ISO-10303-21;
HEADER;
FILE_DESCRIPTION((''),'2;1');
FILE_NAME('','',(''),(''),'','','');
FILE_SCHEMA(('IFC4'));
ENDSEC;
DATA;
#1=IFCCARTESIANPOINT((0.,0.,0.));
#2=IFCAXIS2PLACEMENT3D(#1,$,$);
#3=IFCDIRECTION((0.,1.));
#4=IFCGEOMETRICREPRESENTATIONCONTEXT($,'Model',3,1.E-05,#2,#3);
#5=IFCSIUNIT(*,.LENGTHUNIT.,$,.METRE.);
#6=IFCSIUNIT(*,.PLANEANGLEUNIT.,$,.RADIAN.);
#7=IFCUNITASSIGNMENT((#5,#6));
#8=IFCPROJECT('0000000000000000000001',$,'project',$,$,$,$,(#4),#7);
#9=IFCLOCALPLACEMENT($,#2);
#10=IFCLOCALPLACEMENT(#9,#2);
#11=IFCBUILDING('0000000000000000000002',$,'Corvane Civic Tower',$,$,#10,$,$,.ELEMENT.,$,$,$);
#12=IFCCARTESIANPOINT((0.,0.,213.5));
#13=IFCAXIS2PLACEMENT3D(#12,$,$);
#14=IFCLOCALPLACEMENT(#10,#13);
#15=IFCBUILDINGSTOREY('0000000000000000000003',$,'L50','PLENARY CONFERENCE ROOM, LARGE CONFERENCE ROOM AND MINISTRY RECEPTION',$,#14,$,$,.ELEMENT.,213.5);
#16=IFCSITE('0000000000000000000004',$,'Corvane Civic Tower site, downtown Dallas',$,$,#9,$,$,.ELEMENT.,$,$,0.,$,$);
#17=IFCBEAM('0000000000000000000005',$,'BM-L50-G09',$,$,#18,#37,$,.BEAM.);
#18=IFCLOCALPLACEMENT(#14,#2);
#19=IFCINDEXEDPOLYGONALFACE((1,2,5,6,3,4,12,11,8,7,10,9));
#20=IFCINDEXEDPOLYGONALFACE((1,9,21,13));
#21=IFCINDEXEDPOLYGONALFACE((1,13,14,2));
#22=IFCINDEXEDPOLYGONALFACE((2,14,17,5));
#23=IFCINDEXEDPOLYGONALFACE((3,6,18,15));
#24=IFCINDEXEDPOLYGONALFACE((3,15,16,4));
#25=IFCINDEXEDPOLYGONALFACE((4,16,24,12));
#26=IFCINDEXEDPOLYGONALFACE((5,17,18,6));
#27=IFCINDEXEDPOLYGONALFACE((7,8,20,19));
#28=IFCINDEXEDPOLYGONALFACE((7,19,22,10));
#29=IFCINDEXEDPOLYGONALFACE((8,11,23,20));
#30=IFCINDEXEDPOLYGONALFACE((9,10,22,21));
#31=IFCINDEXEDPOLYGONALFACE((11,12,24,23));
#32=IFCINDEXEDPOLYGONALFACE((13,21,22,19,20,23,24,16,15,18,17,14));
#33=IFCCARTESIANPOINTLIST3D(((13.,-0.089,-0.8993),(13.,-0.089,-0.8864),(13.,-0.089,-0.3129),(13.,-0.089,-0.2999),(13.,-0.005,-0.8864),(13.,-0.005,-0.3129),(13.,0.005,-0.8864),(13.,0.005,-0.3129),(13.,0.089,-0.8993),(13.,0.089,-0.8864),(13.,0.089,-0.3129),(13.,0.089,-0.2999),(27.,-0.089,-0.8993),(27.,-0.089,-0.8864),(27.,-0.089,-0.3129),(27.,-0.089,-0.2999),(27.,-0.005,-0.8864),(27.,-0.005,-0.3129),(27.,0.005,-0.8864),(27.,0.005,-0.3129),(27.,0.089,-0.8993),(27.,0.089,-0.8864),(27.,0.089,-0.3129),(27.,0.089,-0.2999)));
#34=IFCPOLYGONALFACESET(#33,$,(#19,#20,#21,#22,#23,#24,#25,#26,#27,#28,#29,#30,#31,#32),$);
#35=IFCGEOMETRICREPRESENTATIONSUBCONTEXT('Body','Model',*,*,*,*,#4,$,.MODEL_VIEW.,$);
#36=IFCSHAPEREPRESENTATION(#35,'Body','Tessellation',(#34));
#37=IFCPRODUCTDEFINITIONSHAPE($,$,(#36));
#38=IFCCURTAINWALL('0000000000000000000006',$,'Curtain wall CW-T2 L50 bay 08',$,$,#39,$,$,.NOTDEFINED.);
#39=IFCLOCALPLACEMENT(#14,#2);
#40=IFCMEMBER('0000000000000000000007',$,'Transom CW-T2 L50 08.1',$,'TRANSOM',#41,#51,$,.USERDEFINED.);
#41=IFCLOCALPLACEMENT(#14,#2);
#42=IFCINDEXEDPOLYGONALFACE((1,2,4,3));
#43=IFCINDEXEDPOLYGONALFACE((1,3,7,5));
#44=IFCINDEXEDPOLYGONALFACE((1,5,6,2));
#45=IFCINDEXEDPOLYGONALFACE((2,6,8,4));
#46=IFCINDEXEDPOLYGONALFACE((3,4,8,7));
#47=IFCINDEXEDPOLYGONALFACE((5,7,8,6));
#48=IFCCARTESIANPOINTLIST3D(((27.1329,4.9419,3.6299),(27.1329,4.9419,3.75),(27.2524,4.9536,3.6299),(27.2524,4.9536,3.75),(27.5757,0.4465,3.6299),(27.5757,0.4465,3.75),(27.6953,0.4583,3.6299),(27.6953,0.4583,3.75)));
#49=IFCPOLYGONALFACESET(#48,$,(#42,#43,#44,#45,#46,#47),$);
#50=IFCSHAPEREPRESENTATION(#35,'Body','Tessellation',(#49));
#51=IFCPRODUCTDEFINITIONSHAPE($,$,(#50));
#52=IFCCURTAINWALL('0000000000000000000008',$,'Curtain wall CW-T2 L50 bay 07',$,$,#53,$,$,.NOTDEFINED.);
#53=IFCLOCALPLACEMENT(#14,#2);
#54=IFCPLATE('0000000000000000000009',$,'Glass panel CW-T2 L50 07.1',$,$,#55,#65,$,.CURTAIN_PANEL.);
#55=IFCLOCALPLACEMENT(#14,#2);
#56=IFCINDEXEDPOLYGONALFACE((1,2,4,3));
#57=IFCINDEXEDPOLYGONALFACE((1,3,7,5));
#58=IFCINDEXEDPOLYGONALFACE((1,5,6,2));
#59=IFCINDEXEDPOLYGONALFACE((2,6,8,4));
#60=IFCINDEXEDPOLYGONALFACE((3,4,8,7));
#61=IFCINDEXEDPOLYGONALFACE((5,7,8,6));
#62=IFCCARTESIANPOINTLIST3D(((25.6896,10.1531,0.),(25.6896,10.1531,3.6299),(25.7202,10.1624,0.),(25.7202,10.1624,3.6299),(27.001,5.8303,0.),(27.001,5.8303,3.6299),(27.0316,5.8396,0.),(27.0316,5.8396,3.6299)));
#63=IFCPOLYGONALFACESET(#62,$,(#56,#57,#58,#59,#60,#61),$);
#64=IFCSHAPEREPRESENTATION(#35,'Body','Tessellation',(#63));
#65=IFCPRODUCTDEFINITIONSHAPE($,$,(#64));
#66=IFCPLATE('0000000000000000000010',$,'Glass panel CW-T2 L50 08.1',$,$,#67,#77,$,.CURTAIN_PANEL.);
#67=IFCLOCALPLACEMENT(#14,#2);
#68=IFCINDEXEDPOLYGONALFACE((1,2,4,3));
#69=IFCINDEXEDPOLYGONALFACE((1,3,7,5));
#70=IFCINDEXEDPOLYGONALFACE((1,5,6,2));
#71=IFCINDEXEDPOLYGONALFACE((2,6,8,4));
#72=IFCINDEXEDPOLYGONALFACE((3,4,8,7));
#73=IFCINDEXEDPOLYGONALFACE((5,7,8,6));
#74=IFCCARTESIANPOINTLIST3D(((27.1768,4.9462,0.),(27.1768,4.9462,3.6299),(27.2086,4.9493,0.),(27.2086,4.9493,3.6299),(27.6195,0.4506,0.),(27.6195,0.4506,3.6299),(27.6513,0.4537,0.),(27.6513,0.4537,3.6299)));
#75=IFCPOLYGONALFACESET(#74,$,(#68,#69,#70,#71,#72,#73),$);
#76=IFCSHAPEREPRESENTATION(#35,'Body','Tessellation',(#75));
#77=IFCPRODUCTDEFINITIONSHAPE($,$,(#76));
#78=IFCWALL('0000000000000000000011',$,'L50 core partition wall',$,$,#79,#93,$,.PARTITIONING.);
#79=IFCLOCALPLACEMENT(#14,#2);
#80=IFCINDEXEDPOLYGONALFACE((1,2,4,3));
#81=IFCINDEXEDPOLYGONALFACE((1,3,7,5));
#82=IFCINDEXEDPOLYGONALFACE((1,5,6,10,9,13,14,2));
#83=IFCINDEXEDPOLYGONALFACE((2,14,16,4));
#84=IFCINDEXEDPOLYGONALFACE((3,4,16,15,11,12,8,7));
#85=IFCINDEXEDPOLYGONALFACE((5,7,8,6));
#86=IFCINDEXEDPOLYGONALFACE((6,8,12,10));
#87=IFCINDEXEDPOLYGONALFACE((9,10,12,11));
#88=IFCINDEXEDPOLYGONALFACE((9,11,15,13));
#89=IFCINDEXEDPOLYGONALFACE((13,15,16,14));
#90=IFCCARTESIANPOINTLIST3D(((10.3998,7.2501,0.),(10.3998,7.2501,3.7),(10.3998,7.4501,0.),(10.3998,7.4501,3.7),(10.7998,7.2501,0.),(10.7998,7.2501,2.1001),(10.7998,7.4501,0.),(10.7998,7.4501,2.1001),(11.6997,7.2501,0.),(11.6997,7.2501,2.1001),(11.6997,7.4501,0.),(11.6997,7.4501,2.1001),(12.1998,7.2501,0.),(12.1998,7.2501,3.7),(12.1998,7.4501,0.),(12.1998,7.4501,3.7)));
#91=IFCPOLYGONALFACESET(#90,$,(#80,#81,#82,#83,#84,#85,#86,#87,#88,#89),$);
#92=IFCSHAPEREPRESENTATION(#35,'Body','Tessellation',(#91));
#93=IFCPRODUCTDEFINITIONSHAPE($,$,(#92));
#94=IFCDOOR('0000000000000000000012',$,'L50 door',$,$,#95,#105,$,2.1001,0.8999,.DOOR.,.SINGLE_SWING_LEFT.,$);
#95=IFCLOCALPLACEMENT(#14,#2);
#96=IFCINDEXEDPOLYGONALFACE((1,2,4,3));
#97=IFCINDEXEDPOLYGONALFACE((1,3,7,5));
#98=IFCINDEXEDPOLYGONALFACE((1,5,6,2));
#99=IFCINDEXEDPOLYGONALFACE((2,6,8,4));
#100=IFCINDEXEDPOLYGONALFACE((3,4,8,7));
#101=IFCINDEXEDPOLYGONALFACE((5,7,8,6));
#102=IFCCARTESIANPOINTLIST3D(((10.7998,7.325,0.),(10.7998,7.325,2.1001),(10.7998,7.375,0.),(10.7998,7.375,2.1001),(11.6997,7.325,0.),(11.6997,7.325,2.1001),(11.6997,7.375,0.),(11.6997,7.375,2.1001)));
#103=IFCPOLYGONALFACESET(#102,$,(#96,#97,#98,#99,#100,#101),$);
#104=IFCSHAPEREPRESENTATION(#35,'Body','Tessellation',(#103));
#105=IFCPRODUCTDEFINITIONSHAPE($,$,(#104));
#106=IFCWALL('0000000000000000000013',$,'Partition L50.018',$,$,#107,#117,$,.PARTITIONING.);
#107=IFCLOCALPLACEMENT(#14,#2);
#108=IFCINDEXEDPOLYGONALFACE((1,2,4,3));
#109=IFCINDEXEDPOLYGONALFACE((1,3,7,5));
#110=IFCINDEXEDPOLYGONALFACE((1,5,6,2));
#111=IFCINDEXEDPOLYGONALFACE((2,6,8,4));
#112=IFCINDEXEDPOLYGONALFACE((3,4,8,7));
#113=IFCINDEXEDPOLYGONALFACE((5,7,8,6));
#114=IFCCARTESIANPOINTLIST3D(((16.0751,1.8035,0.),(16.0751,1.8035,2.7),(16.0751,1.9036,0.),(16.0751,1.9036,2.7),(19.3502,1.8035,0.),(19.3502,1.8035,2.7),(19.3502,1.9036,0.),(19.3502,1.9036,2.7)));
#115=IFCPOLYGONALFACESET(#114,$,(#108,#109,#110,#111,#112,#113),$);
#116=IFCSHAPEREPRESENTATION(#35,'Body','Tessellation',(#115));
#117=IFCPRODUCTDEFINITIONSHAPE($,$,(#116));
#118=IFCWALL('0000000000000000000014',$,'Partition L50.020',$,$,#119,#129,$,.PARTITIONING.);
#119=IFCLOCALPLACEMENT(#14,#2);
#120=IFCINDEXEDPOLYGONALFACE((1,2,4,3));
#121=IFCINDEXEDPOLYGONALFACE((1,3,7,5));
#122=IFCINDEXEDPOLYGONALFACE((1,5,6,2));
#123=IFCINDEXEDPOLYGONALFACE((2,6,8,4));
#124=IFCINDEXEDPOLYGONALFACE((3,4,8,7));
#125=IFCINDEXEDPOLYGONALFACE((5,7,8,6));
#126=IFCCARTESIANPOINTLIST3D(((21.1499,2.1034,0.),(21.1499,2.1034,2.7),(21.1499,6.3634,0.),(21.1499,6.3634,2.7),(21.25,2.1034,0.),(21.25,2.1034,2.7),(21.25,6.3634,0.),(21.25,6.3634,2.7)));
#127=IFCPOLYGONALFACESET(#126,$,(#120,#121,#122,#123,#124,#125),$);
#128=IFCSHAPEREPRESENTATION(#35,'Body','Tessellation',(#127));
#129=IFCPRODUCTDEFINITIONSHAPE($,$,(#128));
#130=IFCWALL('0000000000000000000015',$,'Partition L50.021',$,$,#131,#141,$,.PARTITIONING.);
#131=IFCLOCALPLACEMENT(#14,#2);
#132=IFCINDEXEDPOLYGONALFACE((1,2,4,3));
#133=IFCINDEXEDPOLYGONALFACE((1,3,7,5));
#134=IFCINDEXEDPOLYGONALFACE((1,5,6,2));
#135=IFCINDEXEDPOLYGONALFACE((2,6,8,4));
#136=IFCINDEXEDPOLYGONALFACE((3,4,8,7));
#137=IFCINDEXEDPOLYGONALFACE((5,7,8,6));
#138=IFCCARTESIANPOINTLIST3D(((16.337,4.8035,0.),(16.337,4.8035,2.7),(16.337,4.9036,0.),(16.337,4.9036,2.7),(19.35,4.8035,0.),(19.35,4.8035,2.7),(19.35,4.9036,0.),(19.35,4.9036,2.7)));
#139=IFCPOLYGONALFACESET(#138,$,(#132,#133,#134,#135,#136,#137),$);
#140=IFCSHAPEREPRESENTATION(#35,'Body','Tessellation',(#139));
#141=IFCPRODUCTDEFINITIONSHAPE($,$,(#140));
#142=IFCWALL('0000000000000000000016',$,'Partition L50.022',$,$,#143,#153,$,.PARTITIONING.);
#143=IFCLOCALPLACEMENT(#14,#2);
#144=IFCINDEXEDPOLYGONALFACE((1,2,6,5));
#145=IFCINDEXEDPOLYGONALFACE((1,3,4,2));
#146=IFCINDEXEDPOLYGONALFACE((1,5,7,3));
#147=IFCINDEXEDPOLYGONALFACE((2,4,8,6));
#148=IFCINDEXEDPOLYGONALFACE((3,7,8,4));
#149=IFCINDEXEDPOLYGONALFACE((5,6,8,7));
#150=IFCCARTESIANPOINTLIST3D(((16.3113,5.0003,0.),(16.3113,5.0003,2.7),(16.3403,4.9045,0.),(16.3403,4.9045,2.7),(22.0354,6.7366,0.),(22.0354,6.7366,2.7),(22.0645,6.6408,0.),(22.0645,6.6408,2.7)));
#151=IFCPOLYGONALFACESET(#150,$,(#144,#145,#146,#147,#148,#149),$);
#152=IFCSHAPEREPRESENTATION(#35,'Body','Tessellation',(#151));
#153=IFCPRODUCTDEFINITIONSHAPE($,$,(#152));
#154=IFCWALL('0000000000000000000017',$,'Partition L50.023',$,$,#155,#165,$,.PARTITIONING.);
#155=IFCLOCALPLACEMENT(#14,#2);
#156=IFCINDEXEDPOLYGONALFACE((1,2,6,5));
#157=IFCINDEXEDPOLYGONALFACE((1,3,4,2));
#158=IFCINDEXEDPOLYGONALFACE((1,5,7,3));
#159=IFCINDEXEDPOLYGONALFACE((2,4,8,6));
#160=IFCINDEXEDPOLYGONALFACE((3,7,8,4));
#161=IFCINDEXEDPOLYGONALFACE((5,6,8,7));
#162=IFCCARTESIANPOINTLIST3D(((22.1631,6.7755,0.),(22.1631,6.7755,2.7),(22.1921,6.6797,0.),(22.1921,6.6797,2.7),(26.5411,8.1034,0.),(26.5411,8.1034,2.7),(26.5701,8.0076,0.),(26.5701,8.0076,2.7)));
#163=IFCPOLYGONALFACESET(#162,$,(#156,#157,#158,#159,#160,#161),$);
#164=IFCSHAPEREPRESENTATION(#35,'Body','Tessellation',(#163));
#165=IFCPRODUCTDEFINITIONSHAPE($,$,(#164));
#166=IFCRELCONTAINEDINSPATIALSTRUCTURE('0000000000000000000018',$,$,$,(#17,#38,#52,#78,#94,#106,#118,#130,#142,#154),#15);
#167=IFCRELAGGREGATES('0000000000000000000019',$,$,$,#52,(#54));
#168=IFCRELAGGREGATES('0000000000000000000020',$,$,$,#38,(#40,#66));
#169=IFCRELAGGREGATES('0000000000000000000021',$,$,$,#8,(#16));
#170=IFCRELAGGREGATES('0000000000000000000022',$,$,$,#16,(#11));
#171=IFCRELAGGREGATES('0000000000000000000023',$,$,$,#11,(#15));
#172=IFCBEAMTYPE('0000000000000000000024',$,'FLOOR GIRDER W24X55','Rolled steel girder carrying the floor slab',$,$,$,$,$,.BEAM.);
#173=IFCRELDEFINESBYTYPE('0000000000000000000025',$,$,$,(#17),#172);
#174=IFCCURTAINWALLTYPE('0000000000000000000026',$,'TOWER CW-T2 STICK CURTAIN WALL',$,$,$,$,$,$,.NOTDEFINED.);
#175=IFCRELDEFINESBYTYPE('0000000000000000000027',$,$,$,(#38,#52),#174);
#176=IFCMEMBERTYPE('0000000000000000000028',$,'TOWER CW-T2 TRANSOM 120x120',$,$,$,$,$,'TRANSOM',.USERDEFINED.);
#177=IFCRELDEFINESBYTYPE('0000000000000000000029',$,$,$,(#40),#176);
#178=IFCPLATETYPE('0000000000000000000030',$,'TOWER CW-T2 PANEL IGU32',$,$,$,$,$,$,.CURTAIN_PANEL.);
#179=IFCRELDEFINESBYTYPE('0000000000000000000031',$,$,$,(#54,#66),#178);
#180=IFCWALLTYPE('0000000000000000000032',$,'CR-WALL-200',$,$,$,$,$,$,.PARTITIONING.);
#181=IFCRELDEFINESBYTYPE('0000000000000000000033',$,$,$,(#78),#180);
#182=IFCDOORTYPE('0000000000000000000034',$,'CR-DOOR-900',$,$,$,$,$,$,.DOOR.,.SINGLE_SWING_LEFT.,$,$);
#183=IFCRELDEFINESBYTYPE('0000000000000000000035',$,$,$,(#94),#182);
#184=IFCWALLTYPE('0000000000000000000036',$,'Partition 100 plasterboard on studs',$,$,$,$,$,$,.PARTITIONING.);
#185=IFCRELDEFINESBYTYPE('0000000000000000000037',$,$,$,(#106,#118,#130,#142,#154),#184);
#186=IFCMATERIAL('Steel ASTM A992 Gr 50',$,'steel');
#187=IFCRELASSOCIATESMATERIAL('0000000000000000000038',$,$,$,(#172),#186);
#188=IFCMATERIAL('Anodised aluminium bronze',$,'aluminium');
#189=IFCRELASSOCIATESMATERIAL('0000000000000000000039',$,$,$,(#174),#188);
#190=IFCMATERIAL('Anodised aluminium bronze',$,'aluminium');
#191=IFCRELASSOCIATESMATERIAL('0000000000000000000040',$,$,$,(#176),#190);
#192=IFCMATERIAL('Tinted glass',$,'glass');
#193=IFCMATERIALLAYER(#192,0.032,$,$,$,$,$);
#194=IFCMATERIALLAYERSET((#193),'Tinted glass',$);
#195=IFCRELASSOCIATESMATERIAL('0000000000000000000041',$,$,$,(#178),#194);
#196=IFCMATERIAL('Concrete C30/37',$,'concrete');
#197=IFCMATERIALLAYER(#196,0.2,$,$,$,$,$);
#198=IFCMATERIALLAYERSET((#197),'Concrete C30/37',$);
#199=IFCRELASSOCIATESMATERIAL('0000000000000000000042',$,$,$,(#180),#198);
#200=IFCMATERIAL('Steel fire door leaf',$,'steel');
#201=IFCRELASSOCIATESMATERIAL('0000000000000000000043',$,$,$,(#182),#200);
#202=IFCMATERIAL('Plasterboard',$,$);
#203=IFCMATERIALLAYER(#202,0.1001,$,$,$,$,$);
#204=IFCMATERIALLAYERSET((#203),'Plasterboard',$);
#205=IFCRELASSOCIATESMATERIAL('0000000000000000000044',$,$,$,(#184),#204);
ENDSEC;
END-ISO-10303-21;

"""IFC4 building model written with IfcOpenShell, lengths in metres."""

from ifc_helpers import new_model, si_unit, direction, frame, frame_2d, origin, origin_2d, place, context, subcontext, project, spatial, rectangle, i_section, extrude, material, layer, layer_set, material_profile, profile_set, type_object, element, fill, aggregate, save


model = new_model("IFC4")

# Units and contexts
model_context = context("Model", 3, precision=1e-05, world=origin(), true_north=direction((0.0, 1.0)))
body_context = subcontext(model_context, "Body", "Model", "MODEL_VIEW")
ifc_project = project(units=[si_unit("LENGTHUNIT", "METRE"), si_unit("PLANEANGLEUNIT", "RADIAN")], contexts=[model_context])

# Site, building, storey
site_placement = place(None, origin())
site = spatial("IfcSite", under=ifc_project, at=site_placement, Name="Corvane Civic Tower site, downtown Dallas", CompositionType="ELEMENT", RefElevation=0.0)
building_placement = place(site_placement, origin())
building = spatial("IfcBuilding", under=site, at=building_placement, Name="Corvane Civic Tower", CompositionType="ELEMENT")
storey_placement = place(building_placement, frame((0.0, 0.0, 213.5)))
storey = spatial("IfcBuildingStorey", under=building, at=storey_placement, Name="L50", Description="PLENARY CONFERENCE ROOM, LARGE CONFERENCE ROOM AND MINISTRY RECEPTION", CompositionType="ELEMENT", Elevation=213.5)

# Beam
ifc_material_1 = material(Name="Steel ASTM A992 Gr 50", Category="steel")
ifc_material_profile_1 = material_profile(ifc_material_1, i_section(OverallWidth=0.178, OverallDepth=0.5994, WebThickness=0.01, FlangeThickness=0.0129, at=origin_2d()), Name="W24X55")
ifc_profile_set_1 = profile_set([ifc_material_profile_1], Name="Steel ASTM A992 Gr 50")
beam_type_1 = type_object("IfcBeamType", Name="FLOOR GIRDER W24X55", Description="Rolled steel girder carrying the floor slab", PredefinedType="BEAM", material=ifc_profile_set_1)
beam_1_placement = place(storey_placement, frame((13.0, 0.0, -0.5996), z_axis=(1.0, 0.0, 0.0), x_axis=(0.0, 1.0, 0.0)))
element("IfcBeam", 1, at=beam_1_placement, inside=storey, type_object=beam_type_1, Name="BM-L50-G09", PredefinedType="BEAM", context=body_context, shape_type="SweptSolid", body=[
    extrude(i_section(OverallWidth=0.178, OverallDepth=0.5994, WebThickness=0.01, FlangeThickness=0.0129, at=origin_2d()), origin(), (0.0, 0.0, 1.0), 14.0),
])

# Curtain wall, member
ifc_material_2 = material(Name="Anodised aluminium bronze", Category="aluminium")
curtain_wall_type = type_object("IfcCurtainWallType", Name="TOWER CW-T2 STICK CURTAIN WALL", PredefinedType="NOTDEFINED", material=ifc_material_2)
curtain_wall_1_placement = place(storey_placement, origin())
curtain_wall_1 = element("IfcCurtainWall", 2, at=curtain_wall_1_placement, inside=storey, type_object=curtain_wall_type, Name="Curtain wall CW-T2 L50 bay 08", PredefinedType="NOTDEFINED")
ifc_material_3 = material(Name="Anodised aluminium bronze", Category="aluminium")
ifc_material_profile_2 = material_profile(ifc_material_3, rectangle(XDim=0.1201, YDim=0.1201, at=origin_2d()), Name="TOWER CW-T2 TRANSOM 120x120")
ifc_profile_set_2 = profile_set([ifc_material_profile_2], Name="Anodised aluminium bronze")
member_type = type_object("IfcMemberType", Name="TOWER CW-T2 TRANSOM 120x120", ElementType="TRANSOM", PredefinedType="USERDEFINED", material=ifc_profile_set_2)
member_placement = place(storey_placement, frame((27.1926, 4.9478, 3.6899), z_axis=(0.098043, -0.995182, 0.0), x_axis=(0.995182, 0.098043, 0.0)))
member = element("IfcMember", 3, at=member_placement, type_object=member_type, Name="Transom CW-T2 L50 08.1", ObjectType="TRANSOM", PredefinedType="USERDEFINED", context=body_context, shape_type="SweptSolid", body=[
    extrude(rectangle(XDim=0.1201, YDim=0.1201, at=origin_2d()), origin(), (0.0, 0.0, 1.0), 4.5171),
])

# Curtain wall, plate
curtain_wall_2_placement = place(storey_placement, origin())
curtain_wall_2 = element("IfcCurtainWall", 4, at=curtain_wall_2_placement, inside=storey, type_object=curtain_wall_type, Name="Curtain wall CW-T2 L50 bay 07", PredefinedType="NOTDEFINED")
ifc_material_4 = material(Name="Tinted glass", Category="glass")
ifc_layer_1 = layer(ifc_material_4, 0.032)
ifc_layer_set_1 = layer_set([ifc_layer_1], Name="Tinted glass")
plate_type = type_object("IfcPlateType", Name="TOWER CW-T2 PANEL IGU32", PredefinedType="CURTAIN_PANEL", material=ifc_layer_set_1)
plate_1_placement = place(storey_placement, frame((26.3606, 7.9963, 0.0), z_axis=(0.0, 0.0, 1.0), x_axis=(0.29029, -0.956939, 0.0)))
plate_1 = element("IfcPlate", 5, at=plate_1_placement, type_object=plate_type, Name="Glass panel CW-T2 L50 07.1", PredefinedType="CURTAIN_PANEL", context=body_context, shape_type="SweptSolid", body=[
    extrude(rectangle(XDim=4.5173, YDim=0.032, at=origin_2d()), origin(), (0.0, 0.0, 1.0), 3.6299),
])
aggregate(curtain_wall_2, [plate_1])

# Plate
plate_2_placement = place(storey_placement, frame((27.4141, 2.7, 0.0), z_axis=(0.0, 0.0, 1.0), x_axis=(0.097993, -0.995187, 0.0)))
plate_2 = element("IfcPlate", 6, at=plate_2_placement, type_object=plate_type, Name="Glass panel CW-T2 L50 08.1", PredefinedType="CURTAIN_PANEL", context=body_context, shape_type="SweptSolid", body=[
    extrude(rectangle(XDim=4.5173, YDim=0.032, at=origin_2d()), origin(), (0.0, 0.0, 1.0), 3.6299),
])
aggregate(curtain_wall_1, [member, plate_2])

# Wall, opening, door
ifc_material_5 = material(Name="Concrete C30/37", Category="concrete")
ifc_layer_2 = layer(ifc_material_5, 0.2)
ifc_layer_set_2 = layer_set([ifc_layer_2], Name="Concrete C30/37")
wall_type_1 = type_object("IfcWallType", Name="CR-WALL-200", PredefinedType="PARTITIONING", material=ifc_layer_set_2)
wall_1_placement = place(storey_placement, frame((10.3999, 7.3501, 0.0), z_axis=(0.0, 0.0, 1.0), x_axis=(1.0, 0.0, 0.0)))
wall_1 = element("IfcWall", 7, at=wall_1_placement, inside=storey, type_object=wall_type_1, Name="L50 core partition wall", PredefinedType="PARTITIONING", context=body_context, shape_type="SweptSolid", body=[
    extrude(rectangle(XDim=1.8, YDim=0.2, at=frame_2d((0.8999, 0.0))), origin(), (0.0, 0.0, 1.0), 3.7),
])
opening_1_placement = place(wall_1_placement, frame((0.3999, 0.0, 0.0)))
opening_1 = element("IfcOpeningElement", 8, at=opening_1_placement, cuts=wall_1, PredefinedType="OPENING", context=body_context, shape_type="SweptSolid", body=[
    extrude(rectangle(XDim=0.8999, YDim=2.1001, at=frame_2d((0.45, 1.05))), frame((0.0, 0.1099, 0.0), z_axis=(0.0, -1.0, 0.0), x_axis=(1.0, 0.0, 0.0)), (0.0, 0.0, 1.0), 0.22),
])
ifc_material_6 = material(Name="Steel fire door leaf", Category="steel")
door_type_1 = type_object("IfcDoorType", Name="CR-DOOR-900", OperationType="SINGLE_SWING_LEFT", PredefinedType="DOOR", material=ifc_material_6)
door_1_placement = place(opening_1_placement, origin())
door_1 = element("IfcDoor", 9, at=door_1_placement, inside=storey, type_object=door_type_1, Name="L50 door", OperationType="SINGLE_SWING_LEFT", OverallHeight=2.1001, OverallWidth=0.8999, PredefinedType="DOOR", context=body_context, shape_type="SweptSolid", body=[
    extrude(rectangle(XDim=0.8999, YDim=2.1001, at=frame_2d((0.45, 1.05))), frame((0.0, 0.0249, 0.0), z_axis=(0.0, -1.0, 0.0), x_axis=(1.0, 0.0, 0.0)), (0.0, 0.0, 1.0), 0.05),
])
fill(opening_1, door_1)

# Walls
ifc_material_7 = material(Name="Plasterboard")
ifc_layer_3 = layer(ifc_material_7, 0.1001)
ifc_layer_set_3 = layer_set([ifc_layer_3], Name="Plasterboard")
wall_type_2 = type_object("IfcWallType", Name="Partition 100 plasterboard on studs", PredefinedType="PARTITIONING", material=ifc_layer_set_3)
wall_2_placement = place(storey_placement, frame((16.075, 1.8535, 0.0), z_axis=(0.0, 0.0, 1.0), x_axis=(1.0, 0.0, 0.0)))
element("IfcWall", 10, at=wall_2_placement, inside=storey, type_object=wall_type_2, Name="Partition L50.018", PredefinedType="PARTITIONING", context=body_context, shape_type="SweptSolid", body=[
    extrude(rectangle(XDim=3.2751, YDim=0.1001, at=frame_2d((1.6377, 0.0))), origin(), (0.0, 0.0, 1.0), 2.7),
])
wall_3_placement = place(storey_placement, frame((21.2, 2.1035, 0.0), z_axis=(0.0, 0.0, 1.0), x_axis=(0.0, 1.0, 0.0)))
element("IfcWall", 11, at=wall_3_placement, inside=storey, type_object=wall_type_2, Name="Partition L50.020", PredefinedType="PARTITIONING", context=body_context, shape_type="SweptSolid", body=[
    extrude(rectangle(XDim=4.26, YDim=0.1001, at=frame_2d((2.1299, 0.0))), origin(), (0.0, 0.0, 1.0), 2.7),
])
wall_4_placement = place(storey_placement, frame((16.3372, 4.8535, 0.0), z_axis=(0.0, 0.0, 1.0), x_axis=(1.0, 0.0, 0.0)))
element("IfcWall", 12, at=wall_4_placement, inside=storey, type_object=wall_type_2, Name="Partition L50.021", PredefinedType="PARTITIONING", context=body_context, shape_type="SweptSolid", body=[
    extrude(rectangle(XDim=3.0129, YDim=0.1001, at=frame_2d((1.5063, 0.0))), origin(), (0.0, 0.0, 1.0), 2.7),
])
wall_5_placement = place(storey_placement, frame((16.3259, 4.9524, 0.0), z_axis=(0.0, 0.0, 1.0), x_axis=(0.956943, 0.290275, 0.0)))
element("IfcWall", 13, at=wall_5_placement, inside=storey, type_object=wall_type_2, Name="Partition L50.022", PredefinedType="PARTITIONING", context=body_context, shape_type="SweptSolid", body=[
    extrude(rectangle(XDim=5.9817, YDim=0.1001, at=frame_2d((2.9907, 0.0))), origin(), (0.0, 0.0, 1.0), 2.7),
])
wall_6_placement = place(storey_placement, frame((22.1775, 6.7275, 0.0), z_axis=(0.0, 0.0, 1.0), x_axis=(0.956949, 0.290255, 0.0)))
element("IfcWall", 14, at=wall_6_placement, inside=storey, type_object=wall_type_2, Name="Partition L50.023", PredefinedType="PARTITIONING", context=body_context, shape_type="SweptSolid", body=[
    extrude(rectangle(XDim=4.575, YDim=0.1001, at=frame_2d((2.2876, 0.0))), origin(), (0.0, 0.0, 1.0), 2.7),
])

save(model, "model.ifc")
